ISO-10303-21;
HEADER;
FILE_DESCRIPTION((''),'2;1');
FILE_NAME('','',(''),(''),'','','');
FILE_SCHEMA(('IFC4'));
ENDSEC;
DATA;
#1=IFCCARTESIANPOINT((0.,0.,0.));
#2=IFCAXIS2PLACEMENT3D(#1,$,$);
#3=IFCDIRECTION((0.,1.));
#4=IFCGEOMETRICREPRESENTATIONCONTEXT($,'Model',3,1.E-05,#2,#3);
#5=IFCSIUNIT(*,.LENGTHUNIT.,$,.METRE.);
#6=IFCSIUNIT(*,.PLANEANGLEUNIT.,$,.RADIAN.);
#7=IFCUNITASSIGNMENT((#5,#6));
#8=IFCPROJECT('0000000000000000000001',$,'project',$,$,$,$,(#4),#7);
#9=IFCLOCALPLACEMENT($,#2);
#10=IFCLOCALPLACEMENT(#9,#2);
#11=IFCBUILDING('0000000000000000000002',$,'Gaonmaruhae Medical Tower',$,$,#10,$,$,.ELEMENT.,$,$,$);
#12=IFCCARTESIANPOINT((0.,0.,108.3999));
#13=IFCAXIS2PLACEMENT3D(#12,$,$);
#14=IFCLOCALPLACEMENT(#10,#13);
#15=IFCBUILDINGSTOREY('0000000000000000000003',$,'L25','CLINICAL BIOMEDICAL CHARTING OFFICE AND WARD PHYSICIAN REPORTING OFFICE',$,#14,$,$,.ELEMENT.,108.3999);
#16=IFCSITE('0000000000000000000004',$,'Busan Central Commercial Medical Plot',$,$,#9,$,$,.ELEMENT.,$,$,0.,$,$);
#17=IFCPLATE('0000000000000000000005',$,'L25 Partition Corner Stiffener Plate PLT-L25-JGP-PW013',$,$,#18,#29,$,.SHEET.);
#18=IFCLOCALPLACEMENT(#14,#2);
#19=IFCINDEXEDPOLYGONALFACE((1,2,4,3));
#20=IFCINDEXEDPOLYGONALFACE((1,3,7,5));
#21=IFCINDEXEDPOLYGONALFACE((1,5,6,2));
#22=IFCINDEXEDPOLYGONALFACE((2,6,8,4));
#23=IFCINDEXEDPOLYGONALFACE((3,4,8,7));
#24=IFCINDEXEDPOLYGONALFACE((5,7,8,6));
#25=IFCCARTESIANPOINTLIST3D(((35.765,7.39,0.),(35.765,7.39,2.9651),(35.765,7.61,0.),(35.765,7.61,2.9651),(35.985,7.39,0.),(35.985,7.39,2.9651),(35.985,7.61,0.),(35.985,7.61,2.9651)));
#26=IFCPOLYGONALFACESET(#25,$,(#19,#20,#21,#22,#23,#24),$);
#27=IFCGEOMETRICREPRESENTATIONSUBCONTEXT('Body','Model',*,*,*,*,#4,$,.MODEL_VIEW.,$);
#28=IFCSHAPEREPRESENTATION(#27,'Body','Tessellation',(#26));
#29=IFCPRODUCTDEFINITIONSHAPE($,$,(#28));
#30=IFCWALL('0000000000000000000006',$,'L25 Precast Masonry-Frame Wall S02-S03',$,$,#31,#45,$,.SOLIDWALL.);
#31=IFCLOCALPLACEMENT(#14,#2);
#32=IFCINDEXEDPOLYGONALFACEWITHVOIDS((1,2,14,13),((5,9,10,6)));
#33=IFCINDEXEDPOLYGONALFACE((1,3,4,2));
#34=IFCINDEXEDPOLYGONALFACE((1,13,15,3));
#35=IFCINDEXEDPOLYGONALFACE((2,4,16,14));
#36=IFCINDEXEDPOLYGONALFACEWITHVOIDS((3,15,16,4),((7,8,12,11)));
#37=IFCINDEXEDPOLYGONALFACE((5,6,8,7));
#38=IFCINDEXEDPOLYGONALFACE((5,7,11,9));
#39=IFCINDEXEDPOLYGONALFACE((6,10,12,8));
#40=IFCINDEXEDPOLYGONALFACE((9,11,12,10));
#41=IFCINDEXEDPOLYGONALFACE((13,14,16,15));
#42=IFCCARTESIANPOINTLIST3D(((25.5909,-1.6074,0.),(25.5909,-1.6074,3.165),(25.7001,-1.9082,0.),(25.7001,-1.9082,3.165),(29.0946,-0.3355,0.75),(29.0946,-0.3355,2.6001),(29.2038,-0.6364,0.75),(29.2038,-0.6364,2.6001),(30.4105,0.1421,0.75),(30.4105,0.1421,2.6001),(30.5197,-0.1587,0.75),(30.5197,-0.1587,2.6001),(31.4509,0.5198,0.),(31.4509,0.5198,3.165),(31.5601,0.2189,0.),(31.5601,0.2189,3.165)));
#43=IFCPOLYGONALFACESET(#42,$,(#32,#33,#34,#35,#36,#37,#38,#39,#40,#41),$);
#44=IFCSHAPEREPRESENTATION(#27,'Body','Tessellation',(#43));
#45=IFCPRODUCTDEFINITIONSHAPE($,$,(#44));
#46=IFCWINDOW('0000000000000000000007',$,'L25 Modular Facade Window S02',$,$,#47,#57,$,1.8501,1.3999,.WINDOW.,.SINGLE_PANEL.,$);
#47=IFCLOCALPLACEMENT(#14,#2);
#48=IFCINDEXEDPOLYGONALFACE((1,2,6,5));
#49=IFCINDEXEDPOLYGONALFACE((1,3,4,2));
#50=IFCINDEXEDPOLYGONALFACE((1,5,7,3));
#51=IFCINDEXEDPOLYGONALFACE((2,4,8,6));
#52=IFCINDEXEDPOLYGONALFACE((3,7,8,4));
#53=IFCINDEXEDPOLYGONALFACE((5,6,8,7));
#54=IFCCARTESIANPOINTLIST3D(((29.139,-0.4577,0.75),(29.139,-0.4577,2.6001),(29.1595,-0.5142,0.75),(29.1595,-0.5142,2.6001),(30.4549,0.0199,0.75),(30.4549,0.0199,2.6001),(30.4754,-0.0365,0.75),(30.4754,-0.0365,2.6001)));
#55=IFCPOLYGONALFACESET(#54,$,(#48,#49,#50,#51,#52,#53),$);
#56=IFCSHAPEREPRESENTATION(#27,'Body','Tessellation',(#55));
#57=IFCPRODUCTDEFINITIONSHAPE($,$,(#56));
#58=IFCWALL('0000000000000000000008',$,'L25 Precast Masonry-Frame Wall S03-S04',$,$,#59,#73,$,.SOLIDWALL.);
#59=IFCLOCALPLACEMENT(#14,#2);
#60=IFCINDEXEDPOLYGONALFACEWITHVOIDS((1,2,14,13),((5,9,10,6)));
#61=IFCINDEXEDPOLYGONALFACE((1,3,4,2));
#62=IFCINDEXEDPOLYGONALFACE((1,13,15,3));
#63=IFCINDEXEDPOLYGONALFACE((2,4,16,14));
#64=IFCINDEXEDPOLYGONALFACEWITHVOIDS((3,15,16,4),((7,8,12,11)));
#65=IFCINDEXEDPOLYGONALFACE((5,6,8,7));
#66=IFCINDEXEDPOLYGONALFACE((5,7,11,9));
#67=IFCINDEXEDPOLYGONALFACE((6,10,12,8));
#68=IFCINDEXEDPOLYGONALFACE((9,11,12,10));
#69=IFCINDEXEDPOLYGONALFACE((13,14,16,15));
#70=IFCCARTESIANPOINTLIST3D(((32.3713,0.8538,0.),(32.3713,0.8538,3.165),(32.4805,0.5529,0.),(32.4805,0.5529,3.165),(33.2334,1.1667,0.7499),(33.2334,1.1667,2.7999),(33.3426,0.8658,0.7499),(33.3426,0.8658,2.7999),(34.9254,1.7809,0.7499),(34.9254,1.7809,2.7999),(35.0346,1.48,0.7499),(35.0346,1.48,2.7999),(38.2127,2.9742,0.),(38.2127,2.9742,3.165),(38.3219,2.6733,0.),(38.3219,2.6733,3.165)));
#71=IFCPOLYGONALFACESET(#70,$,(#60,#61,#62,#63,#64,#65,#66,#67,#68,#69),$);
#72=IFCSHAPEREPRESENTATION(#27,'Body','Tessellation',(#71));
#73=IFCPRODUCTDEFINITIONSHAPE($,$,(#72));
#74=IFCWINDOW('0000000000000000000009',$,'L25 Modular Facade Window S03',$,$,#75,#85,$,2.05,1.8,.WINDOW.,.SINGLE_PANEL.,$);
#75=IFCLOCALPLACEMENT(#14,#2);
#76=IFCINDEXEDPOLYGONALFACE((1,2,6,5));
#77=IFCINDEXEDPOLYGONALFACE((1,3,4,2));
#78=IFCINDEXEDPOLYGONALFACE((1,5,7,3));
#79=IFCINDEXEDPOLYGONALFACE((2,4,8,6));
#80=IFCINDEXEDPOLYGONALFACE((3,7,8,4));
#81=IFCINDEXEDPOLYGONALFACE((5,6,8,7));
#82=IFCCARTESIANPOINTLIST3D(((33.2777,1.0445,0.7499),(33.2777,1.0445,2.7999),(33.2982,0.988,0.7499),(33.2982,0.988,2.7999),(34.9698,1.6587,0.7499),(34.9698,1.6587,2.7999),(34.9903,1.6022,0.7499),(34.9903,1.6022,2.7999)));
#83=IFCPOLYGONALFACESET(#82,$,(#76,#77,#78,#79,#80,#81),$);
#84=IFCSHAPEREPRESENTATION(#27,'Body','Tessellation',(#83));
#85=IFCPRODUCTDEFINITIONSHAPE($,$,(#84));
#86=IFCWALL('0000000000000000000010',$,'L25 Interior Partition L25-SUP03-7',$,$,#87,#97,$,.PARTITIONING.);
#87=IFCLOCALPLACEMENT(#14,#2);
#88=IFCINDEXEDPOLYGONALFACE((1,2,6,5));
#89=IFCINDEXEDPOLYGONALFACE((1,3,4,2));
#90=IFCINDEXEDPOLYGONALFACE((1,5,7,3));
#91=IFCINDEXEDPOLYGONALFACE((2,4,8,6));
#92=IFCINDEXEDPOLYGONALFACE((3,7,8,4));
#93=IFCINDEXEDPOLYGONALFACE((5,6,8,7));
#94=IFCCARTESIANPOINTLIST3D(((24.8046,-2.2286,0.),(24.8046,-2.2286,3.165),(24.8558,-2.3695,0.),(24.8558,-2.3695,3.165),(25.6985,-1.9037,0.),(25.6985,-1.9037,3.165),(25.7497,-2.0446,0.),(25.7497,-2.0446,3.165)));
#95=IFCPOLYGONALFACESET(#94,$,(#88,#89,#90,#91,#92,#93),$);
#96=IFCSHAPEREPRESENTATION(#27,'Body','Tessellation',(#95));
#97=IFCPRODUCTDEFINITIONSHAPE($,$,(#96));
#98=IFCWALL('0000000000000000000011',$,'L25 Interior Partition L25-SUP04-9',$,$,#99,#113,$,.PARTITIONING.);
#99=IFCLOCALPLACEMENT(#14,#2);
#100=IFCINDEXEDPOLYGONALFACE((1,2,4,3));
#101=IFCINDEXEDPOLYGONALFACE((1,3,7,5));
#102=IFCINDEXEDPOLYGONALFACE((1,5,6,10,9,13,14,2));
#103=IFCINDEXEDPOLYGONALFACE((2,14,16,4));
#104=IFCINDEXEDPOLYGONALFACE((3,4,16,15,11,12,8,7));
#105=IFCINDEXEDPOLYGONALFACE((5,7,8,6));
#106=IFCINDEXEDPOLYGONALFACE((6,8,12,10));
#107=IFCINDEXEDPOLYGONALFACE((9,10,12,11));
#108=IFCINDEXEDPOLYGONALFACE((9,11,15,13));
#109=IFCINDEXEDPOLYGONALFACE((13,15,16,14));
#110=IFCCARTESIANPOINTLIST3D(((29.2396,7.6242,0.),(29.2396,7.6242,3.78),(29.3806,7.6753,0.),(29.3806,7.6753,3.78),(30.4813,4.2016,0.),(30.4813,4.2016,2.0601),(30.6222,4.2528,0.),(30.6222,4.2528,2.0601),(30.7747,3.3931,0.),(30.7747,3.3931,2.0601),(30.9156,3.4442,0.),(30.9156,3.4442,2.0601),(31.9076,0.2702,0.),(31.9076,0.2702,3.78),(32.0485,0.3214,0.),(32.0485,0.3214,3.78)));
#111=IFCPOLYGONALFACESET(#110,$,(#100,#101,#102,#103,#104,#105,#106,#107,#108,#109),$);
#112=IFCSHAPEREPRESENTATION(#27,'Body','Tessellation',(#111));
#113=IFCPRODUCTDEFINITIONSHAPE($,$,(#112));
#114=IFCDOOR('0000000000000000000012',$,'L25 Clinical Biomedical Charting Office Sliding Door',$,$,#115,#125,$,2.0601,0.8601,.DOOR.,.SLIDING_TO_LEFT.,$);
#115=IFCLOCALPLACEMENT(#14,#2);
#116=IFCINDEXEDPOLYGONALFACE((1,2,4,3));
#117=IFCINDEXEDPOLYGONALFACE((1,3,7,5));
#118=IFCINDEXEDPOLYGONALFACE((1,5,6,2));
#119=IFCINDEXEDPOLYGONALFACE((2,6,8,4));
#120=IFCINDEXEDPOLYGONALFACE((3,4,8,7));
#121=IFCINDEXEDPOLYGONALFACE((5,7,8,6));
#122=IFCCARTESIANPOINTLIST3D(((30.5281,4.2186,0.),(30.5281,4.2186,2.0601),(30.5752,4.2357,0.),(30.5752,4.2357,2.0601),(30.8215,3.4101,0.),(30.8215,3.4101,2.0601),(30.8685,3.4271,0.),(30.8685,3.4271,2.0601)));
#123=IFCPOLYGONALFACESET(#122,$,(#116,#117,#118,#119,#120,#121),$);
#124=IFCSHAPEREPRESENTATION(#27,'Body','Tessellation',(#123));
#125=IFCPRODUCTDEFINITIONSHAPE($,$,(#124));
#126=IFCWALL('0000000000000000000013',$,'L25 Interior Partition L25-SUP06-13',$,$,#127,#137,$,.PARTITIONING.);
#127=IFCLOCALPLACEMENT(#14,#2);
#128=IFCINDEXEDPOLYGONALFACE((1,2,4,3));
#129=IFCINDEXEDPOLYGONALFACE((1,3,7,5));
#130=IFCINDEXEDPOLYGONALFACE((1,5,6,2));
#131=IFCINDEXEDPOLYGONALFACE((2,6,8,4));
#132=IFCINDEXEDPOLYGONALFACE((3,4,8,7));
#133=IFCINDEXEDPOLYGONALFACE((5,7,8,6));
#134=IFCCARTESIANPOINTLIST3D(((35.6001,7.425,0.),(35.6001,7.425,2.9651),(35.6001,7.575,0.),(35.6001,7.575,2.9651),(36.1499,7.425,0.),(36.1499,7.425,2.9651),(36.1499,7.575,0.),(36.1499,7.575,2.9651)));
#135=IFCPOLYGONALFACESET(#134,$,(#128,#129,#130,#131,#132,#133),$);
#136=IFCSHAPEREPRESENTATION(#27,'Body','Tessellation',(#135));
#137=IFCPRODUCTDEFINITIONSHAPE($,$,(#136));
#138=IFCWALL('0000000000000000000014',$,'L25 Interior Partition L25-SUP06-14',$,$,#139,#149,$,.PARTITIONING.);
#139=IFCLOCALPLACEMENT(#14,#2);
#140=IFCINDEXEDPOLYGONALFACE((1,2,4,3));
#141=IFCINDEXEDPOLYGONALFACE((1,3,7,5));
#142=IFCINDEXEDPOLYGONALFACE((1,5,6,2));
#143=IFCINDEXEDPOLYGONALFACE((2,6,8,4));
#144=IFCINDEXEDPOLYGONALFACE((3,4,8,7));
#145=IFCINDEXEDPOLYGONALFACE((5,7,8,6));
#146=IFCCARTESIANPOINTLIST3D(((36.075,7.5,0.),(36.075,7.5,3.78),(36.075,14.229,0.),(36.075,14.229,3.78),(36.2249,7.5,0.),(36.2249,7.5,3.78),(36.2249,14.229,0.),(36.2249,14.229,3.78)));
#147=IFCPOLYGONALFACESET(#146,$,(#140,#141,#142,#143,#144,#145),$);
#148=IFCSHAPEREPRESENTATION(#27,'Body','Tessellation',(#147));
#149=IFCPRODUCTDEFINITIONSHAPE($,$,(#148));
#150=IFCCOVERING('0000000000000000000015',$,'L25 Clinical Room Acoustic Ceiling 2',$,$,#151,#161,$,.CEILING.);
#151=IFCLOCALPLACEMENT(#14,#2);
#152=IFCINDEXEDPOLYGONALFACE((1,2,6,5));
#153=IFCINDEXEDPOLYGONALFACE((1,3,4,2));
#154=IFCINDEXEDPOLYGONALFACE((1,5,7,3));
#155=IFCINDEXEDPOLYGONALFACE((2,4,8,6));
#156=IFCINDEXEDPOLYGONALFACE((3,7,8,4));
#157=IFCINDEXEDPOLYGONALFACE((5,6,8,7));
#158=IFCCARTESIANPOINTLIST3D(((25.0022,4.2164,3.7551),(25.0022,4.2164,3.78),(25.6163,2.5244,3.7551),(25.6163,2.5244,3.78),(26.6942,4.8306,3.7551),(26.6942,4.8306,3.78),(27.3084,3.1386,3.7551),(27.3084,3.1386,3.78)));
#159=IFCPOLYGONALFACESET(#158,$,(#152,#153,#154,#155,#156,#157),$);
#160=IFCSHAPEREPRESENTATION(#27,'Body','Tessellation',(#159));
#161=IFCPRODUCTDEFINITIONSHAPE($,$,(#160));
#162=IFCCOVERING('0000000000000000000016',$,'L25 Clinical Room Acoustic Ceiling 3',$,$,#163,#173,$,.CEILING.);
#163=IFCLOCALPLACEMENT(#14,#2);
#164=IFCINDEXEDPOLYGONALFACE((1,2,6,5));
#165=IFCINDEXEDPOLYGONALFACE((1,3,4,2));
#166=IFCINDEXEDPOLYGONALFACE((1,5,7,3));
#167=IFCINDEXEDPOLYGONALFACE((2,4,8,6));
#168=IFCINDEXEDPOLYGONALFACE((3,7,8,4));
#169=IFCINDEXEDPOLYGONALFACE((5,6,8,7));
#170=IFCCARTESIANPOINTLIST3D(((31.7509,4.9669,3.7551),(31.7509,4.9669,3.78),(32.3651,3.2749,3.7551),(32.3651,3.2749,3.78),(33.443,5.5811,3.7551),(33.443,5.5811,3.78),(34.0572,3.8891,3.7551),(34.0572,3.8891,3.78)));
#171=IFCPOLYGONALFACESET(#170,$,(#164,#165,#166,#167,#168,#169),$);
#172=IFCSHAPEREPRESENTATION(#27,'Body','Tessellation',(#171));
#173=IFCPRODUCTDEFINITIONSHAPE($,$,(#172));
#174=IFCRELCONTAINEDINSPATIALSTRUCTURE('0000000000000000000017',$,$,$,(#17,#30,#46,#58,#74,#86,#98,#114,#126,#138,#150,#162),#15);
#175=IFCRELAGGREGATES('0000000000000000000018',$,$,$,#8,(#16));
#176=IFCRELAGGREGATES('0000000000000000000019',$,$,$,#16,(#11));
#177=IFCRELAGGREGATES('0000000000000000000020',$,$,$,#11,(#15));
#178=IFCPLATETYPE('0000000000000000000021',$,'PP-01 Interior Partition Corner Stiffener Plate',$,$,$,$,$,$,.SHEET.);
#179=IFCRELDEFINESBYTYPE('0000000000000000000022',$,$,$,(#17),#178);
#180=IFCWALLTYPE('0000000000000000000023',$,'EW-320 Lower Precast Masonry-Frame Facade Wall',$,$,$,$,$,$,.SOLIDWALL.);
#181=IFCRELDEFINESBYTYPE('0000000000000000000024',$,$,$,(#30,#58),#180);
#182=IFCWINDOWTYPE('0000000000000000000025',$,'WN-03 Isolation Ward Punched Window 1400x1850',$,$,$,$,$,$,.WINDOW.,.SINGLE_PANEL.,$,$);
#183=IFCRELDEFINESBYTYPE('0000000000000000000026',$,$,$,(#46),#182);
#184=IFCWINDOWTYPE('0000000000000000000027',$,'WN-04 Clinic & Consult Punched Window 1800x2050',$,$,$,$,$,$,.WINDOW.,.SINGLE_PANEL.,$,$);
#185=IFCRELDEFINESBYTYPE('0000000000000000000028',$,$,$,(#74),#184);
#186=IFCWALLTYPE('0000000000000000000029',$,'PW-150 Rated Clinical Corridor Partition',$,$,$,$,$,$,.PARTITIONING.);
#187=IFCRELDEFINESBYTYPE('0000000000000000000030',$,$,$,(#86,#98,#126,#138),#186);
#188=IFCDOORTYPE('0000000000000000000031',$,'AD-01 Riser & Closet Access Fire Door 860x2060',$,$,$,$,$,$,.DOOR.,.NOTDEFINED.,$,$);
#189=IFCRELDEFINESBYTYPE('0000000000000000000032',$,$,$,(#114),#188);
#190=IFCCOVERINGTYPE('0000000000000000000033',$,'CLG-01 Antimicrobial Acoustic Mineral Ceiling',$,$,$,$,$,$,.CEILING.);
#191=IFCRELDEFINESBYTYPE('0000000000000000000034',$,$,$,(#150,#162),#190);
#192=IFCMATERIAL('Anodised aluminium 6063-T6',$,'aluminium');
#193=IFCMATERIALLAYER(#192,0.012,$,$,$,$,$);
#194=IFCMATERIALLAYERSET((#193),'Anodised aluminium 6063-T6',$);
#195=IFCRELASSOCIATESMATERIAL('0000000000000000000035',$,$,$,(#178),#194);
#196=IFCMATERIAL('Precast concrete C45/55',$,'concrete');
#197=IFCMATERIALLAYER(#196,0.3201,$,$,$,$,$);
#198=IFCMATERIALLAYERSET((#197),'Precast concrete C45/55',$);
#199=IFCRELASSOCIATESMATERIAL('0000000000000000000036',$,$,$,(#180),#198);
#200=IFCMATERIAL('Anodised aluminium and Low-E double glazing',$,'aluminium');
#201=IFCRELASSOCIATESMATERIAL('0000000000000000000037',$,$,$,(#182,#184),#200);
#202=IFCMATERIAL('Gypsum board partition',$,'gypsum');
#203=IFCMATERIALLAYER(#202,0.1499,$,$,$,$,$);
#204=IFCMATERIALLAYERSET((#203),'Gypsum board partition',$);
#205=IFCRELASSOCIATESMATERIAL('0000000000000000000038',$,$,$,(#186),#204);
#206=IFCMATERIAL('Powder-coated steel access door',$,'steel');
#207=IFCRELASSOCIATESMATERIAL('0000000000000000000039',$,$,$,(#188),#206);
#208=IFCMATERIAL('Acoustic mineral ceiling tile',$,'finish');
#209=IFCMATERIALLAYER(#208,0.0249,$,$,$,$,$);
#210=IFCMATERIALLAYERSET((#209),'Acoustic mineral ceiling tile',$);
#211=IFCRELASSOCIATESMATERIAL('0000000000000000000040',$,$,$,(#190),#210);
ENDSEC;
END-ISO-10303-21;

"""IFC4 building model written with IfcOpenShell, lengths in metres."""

from ifc_helpers import new_model, si_unit, direction, frame, frame_2d, origin, origin_2d, place, context, subcontext, project, spatial, rectangle, extrude, material, layer, layer_set, type_object, element, fill, save


model = new_model("IFC4")

# Units and contexts
model_context = context("Model", 3, precision=1e-05, world=origin(), true_north=direction((0.0, 1.0)))
body_context = subcontext(model_context, "Body", "Model", "MODEL_VIEW")
ifc_project = project(units=[si_unit("LENGTHUNIT", "METRE"), si_unit("PLANEANGLEUNIT", "RADIAN")], contexts=[model_context])

# Site, building, storey
site_placement = place(None, origin())
site = spatial("IfcSite", under=ifc_project, at=site_placement, Name="Busan Central Commercial Medical Plot", CompositionType="ELEMENT", RefElevation=0.0)
building_placement = place(site_placement, origin())
building = spatial("IfcBuilding", under=site, at=building_placement, Name="Gaonmaruhae Medical Tower", CompositionType="ELEMENT")
storey_placement = place(building_placement, frame((0.0, 0.0, 108.3999)))
storey = spatial("IfcBuildingStorey", under=building, at=storey_placement, Name="L25", Description="CLINICAL BIOMEDICAL CHARTING OFFICE AND WARD PHYSICIAN REPORTING OFFICE", CompositionType="ELEMENT", Elevation=108.3999)

# Plate
ifc_material_1 = material(Name="Anodised aluminium 6063-T6", Category="aluminium")
ifc_layer_1 = layer(ifc_material_1, 0.012)
ifc_layer_set_1 = layer_set([ifc_layer_1], Name="Anodised aluminium 6063-T6")
plate_type = type_object("IfcPlateType", Name="PP-01 Interior Partition Corner Stiffener Plate", PredefinedType="SHEET", material=ifc_layer_set_1)
plate_1_placement = place(storey_placement, frame((35.875, 7.5, 0.0), z_axis=(0.0, 0.0, 1.0), x_axis=(1.0, 0.0, 0.0)))
element("IfcPlate", 1, at=plate_1_placement, inside=storey, type_object=plate_type, Name="L25 Partition Corner Stiffener Plate PLT-L25-JGP-PW013", PredefinedType="SHEET", context=body_context, shape_type="SweptSolid", body=[
    extrude(rectangle(XDim=0.22, YDim=0.22, at=origin_2d()), origin(), (0.0, 0.0, 1.0), 2.9651),
])

# Walls, openings, windows
ifc_material_2 = material(Name="Precast concrete C45/55", Category="concrete")
ifc_layer_2 = layer(ifc_material_2, 0.3201)
ifc_layer_set_2 = layer_set([ifc_layer_2], Name="Precast concrete C45/55")
wall_type_1 = type_object("IfcWallType", Name="EW-320 Lower Precast Masonry-Frame Facade Wall", PredefinedType="SOLIDWALL", material=ifc_layer_set_2)
wall_1_placement = place(storey_placement, frame((31.5056, 0.3694, 0.0), z_axis=(0.0, 0.0, 1.0), x_axis=(-0.939987, -0.341212, 0.0)))
wall_1 = element("IfcWall", 2, at=wall_1_placement, inside=storey, type_object=wall_type_1, Name="L25 Precast Masonry-Frame Wall S02-S03", PredefinedType="SOLIDWALL", context=body_context, shape_type="SweptSolid", body=[
    extrude(rectangle(XDim=6.2341, YDim=0.3201, at=frame_2d((3.1172, 0.0))), origin(), (0.0, 0.0, 1.0), 3.165),
])
opening_1_placement = place(wall_1_placement, frame((1.1069, 0.0, 0.75)))
opening_1 = element("IfcOpeningElement", 3, at=opening_1_placement, cuts=wall_1, PredefinedType="OPENING", context=body_context, shape_type="SweptSolid", body=[
    extrude(rectangle(XDim=1.3999, YDim=1.8501, at=frame_2d((0.7, 0.925))), frame((0.0, 0.1699, 0.0), z_axis=(0.0, -1.0, 0.0), x_axis=(1.0, 0.0, 0.0)), (0.0, 0.0, 1.0), 0.3401),
])
ifc_material_3 = material(Name="Anodised aluminium and Low-E double glazing", Category="aluminium")
window_type_1 = type_object("IfcWindowType", Name="WN-03 Isolation Ward Punched Window 1400x1850", PartitioningType="SINGLE_PANEL", PredefinedType="WINDOW", material=ifc_material_3)
window_1_placement = place(opening_1_placement, origin())
window_1 = element("IfcWindow", 4, at=window_1_placement, inside=storey, type_object=window_type_1, Name="L25 Modular Facade Window S02", OverallHeight=1.8501, OverallWidth=1.3999, PartitioningType="SINGLE_PANEL", PredefinedType="WINDOW", context=body_context, shape_type="SweptSolid", body=[
    extrude(rectangle(XDim=1.3999, YDim=1.8501, at=frame_2d((0.7, 0.925))), frame((0.0, 0.03, 0.0), z_axis=(0.0, -1.0, 0.0), x_axis=(1.0, 0.0, 0.0)), (0.0, 0.0, 1.0), 0.0601),
])
fill(opening_1, window_1)
wall_2_placement = place(storey_placement, frame((38.2673, 2.8237, 0.0), z_axis=(0.0, 0.0, 1.0), x_axis=(-0.939987, -0.34121, 0.0)))
wall_2 = element("IfcWall", 5, at=wall_2_placement, inside=storey, type_object=wall_type_1, Name="L25 Precast Masonry-Frame Wall S03-S04", PredefinedType="SOLIDWALL", context=body_context, shape_type="SweptSolid", body=[
    extrude(rectangle(XDim=6.2144, YDim=0.3201, at=frame_2d((3.1072, 0.0))), origin(), (0.0, 0.0, 1.0), 3.165),
])
opening_2_placement = place(wall_2_placement, frame((3.4973, 0.0, 0.75)))
opening_2 = element("IfcOpeningElement", 6, at=opening_2_placement, cuts=wall_2, PredefinedType="OPENING", context=body_context, shape_type="SweptSolid", body=[
    extrude(rectangle(XDim=1.8, YDim=2.05, at=frame_2d((0.8999, 1.0249))), frame((0.0, 0.1699, 0.0), z_axis=(0.0, -1.0, 0.0), x_axis=(1.0, 0.0, 0.0)), (0.0, 0.0, 1.0), 0.3401),
])
window_type_2 = type_object("IfcWindowType", Name="WN-04 Clinic & Consult Punched Window 1800x2050", PartitioningType="SINGLE_PANEL", PredefinedType="WINDOW", material=ifc_material_3)
window_2_placement = place(opening_2_placement, origin())
window_2 = element("IfcWindow", 7, at=window_2_placement, inside=storey, type_object=window_type_2, Name="L25 Modular Facade Window S03", OverallHeight=2.05, OverallWidth=1.8, PartitioningType="SINGLE_PANEL", PredefinedType="WINDOW", context=body_context, shape_type="SweptSolid", body=[
    extrude(rectangle(XDim=1.8, YDim=2.05, at=frame_2d((0.8999, 1.0249))), frame((0.0, 0.03, 0.0), z_axis=(0.0, -1.0, 0.0), x_axis=(1.0, 0.0, 0.0)), (0.0, 0.0, 1.0), 0.0601),
])
fill(opening_2, window_2)

# Wall
ifc_material_4 = material(Name="Gypsum board partition", Category="gypsum")
ifc_layer_3 = layer(ifc_material_4, 0.1499)
ifc_layer_set_3 = layer_set([ifc_layer_3], Name="Gypsum board partition")
wall_type_2 = type_object("IfcWallType", Name="PW-150 Rated Clinical Corridor Partition", PredefinedType="PARTITIONING", material=ifc_layer_set_3)
wall_3_placement = place(storey_placement, frame((25.7241, -1.9741, 0.0), z_axis=(0.0, 0.0, 1.0), x_axis=(-0.939846, -0.341599, 0.0)))
element("IfcWall", 8, at=wall_3_placement, inside=storey, type_object=wall_type_2, Name="L25 Interior Partition L25-SUP03-7", PredefinedType="PARTITIONING", context=body_context, shape_type="SweptSolid", body=[
    extrude(rectangle(XDim=0.9512, YDim=0.1499, at=frame_2d((0.4756, 0.0))), origin(), (0.0, 0.0, 1.0), 3.165),
])

# Wall, opening, door
wall_4_placement = place(storey_placement, frame((29.3101, 7.6499, 0.0), z_axis=(0.0, 0.0, 1.0), x_axis=(0.341041, -0.940048, 0.0)))
wall_4 = element("IfcWall", 9, at=wall_4_placement, inside=storey, type_object=wall_type_2, Name="L25 Interior Partition L25-SUP04-9", PredefinedType="PARTITIONING", context=body_context, shape_type="SweptSolid", body=[
    extrude(rectangle(XDim=7.823, YDim=0.1499, at=frame_2d((3.9116, 0.0))), origin(), (0.0, 0.0, 1.0), 3.78),
])
opening_3_placement = place(wall_4_placement, frame((3.6409, 0.0, 0.0)))
opening_3 = element("IfcOpeningElement", 10, at=opening_3_placement, cuts=wall_4, PredefinedType="OPENING", context=body_context, shape_type="SweptSolid", body=[
    extrude(rectangle(XDim=0.8601, YDim=2.0601, at=frame_2d((0.4302, 1.03))), frame((0.0, 0.085, 0.0), z_axis=(0.0, -1.0, 0.0), x_axis=(1.0, 0.0, 0.0)), (0.0, 0.0, 1.0), 0.1699),
])
ifc_material_5 = material(Name="Powder-coated steel access door", Category="steel")
door_type = type_object("IfcDoorType", Name="AD-01 Riser & Closet Access Fire Door 860x2060", OperationType="NOTDEFINED", PredefinedType="DOOR", material=ifc_material_5)
door_placement = place(opening_3_placement, origin())
door = element("IfcDoor", 11, at=door_placement, inside=storey, type_object=door_type, Name="L25 Clinical Biomedical Charting Office Sliding Door", OperationType="SLIDING_TO_LEFT", OverallHeight=2.0601, OverallWidth=0.8601, PredefinedType="DOOR", context=body_context, shape_type="SweptSolid", body=[
    extrude(rectangle(XDim=0.8601, YDim=2.0601, at=frame_2d((0.4302, 1.03))), frame((0.0, 0.0249, 0.0), z_axis=(0.0, -1.0, 0.0), x_axis=(1.0, 0.0, 0.0)), (0.0, 0.0, 1.0), 0.05),
])
fill(opening_3, door)

# Walls
wall_5_placement = place(storey_placement, frame((35.6001, 7.5, 0.0), z_axis=(0.0, 0.0, 1.0), x_axis=(1.0, 0.0, 0.0)))
element("IfcWall", 12, at=wall_5_placement, inside=storey, type_object=wall_type_2, Name="L25 Interior Partition L25-SUP06-13", PredefinedType="PARTITIONING", context=body_context, shape_type="SweptSolid", body=[
    extrude(rectangle(XDim=0.5498, YDim=0.1499, at=frame_2d((0.2749, 0.0))), origin(), (0.0, 0.0, 1.0), 2.9651),
])
wall_6_placement = place(storey_placement, frame((36.1499, 7.5, 0.0), z_axis=(0.0, 0.0, 1.0), x_axis=(0.0, 1.0, 0.0)))
element("IfcWall", 13, at=wall_6_placement, inside=storey, type_object=wall_type_2, Name="L25 Interior Partition L25-SUP06-14", PredefinedType="PARTITIONING", context=body_context, shape_type="SweptSolid", body=[
    extrude(rectangle(XDim=6.729, YDim=0.1499, at=frame_2d((3.3645, 0.0))), origin(), (0.0, 0.0, 1.0), 3.78),
])

# Coverings
ifc_material_6 = material(Name="Acoustic mineral ceiling tile", Category="finish")
ifc_layer_4 = layer(ifc_material_6, 0.0249)
ifc_layer_set_4 = layer_set([ifc_layer_4], Name="Acoustic mineral ceiling tile")
covering_type_1 = type_object("IfcCoveringType", Name="CLG-01 Antimicrobial Acoustic Mineral Ceiling", PredefinedType="CEILING", material=ifc_layer_set_4)
for number, where, z_axis, x_axis, name in (
    (14, (26.1553, 3.6775, 3.7551), (0.0, 0.0, 1.0), (0.939991, 0.3412, 0.0), "L25 Clinical Room Acoustic Ceiling 2"),
    (15, (32.9041, 4.428, 3.7551), (0.0, 0.0, 1.0), (0.939991, 0.3412, 0.0), "L25 Clinical Room Acoustic Ceiling 3"),
):
    element("IfcCovering", number, at=place(storey_placement, frame(where, z_axis=z_axis, x_axis=x_axis)), inside=storey, type_object=covering_type_1, Name=name, PredefinedType="CEILING", context=body_context, shape_type="SweptSolid", body=[
        extrude(rectangle(XDim=1.8, YDim=1.8, at=origin_2d()), origin(), (0.0, 0.0, 1.0), 0.0249),
    ])

save(model, "model.ifc")
